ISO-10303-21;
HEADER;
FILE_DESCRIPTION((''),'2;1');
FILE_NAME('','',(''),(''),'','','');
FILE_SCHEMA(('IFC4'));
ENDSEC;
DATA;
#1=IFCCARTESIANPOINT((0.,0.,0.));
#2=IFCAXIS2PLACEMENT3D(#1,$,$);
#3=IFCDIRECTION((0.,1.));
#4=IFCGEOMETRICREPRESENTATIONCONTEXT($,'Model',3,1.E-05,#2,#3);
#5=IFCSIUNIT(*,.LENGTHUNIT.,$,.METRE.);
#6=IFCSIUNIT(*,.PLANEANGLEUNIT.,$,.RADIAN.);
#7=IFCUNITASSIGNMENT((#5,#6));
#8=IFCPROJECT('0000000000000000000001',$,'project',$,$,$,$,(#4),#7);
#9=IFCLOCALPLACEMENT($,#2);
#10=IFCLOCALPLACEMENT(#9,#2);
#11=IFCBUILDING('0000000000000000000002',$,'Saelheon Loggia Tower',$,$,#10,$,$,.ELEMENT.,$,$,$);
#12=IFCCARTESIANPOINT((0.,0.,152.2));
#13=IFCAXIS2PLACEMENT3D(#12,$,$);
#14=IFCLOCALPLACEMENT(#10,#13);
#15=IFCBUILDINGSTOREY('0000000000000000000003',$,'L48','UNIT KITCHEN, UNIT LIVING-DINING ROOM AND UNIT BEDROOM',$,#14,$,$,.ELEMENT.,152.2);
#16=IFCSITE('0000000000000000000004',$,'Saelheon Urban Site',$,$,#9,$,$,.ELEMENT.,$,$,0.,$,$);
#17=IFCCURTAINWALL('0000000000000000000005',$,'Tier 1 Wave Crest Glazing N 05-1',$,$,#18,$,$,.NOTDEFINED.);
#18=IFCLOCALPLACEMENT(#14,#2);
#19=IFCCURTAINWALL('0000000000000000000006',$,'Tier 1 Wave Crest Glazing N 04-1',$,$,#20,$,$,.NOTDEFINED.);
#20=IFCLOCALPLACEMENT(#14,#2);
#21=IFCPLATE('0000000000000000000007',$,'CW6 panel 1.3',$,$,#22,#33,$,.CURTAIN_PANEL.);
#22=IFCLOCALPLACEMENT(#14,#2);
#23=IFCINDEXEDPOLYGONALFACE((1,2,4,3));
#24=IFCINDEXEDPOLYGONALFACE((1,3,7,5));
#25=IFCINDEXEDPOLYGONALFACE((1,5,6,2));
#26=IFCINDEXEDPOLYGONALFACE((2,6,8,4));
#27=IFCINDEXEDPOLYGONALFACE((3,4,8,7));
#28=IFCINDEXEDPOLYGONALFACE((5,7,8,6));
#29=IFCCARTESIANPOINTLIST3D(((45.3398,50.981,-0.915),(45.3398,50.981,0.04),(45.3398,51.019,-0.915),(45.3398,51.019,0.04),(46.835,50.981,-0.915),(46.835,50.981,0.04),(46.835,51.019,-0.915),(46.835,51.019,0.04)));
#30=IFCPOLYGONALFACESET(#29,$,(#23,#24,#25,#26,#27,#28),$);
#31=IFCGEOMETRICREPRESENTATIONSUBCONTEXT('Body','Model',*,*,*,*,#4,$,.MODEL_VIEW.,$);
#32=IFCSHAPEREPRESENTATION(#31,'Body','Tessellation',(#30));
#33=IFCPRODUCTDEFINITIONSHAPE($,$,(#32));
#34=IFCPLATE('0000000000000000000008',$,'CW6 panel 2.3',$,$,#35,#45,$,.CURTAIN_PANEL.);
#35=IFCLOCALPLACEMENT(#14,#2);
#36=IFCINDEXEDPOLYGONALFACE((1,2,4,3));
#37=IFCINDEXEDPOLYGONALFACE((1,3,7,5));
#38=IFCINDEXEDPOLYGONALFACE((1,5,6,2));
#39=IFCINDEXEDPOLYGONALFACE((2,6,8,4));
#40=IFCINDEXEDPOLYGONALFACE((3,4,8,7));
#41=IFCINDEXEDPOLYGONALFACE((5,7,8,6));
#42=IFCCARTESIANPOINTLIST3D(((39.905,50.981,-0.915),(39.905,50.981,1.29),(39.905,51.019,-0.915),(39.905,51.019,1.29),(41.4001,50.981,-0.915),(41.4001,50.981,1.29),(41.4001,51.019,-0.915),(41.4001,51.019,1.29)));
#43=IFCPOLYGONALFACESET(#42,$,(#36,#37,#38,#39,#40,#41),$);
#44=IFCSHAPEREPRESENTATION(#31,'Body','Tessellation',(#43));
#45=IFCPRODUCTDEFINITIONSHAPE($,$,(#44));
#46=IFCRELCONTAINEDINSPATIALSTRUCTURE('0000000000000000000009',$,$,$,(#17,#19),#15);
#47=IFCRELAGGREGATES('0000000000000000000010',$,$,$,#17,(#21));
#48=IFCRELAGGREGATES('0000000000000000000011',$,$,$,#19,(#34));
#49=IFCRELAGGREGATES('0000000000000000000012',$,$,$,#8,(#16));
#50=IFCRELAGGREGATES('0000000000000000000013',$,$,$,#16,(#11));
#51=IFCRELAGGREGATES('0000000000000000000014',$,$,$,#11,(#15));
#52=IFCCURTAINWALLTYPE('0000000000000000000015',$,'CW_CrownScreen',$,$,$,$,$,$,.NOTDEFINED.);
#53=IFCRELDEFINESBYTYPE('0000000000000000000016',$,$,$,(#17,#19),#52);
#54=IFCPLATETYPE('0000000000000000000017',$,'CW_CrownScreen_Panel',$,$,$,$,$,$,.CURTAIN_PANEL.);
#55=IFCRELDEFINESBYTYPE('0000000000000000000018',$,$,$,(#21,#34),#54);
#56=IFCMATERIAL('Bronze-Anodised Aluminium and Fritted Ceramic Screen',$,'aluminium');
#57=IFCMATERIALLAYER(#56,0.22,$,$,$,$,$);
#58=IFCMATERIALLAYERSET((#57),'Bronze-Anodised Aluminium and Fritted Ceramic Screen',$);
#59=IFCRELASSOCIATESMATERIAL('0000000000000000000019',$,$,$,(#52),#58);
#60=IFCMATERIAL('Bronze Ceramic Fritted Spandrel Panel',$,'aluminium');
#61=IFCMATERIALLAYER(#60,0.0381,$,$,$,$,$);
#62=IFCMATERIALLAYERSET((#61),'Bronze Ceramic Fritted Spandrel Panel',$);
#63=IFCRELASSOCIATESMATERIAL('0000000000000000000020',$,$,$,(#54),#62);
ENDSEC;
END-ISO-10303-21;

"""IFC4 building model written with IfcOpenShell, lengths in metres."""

from ifc_helpers import new_model, si_unit, direction, frame, origin, origin_2d, place, context, subcontext, project, spatial, rectangle, extrude, source, transform, mapped, material, layer, layer_set, type_object, element, aggregate, save


model = new_model("IFC4")

# Units and contexts
model_context = context("Model", 3, precision=1e-05, world=origin(), true_north=direction((0.0, 1.0)))
body_context = subcontext(model_context, "Body", "Model", "MODEL_VIEW")
ifc_project = project(units=[si_unit("LENGTHUNIT", "METRE"), si_unit("PLANEANGLEUNIT", "RADIAN")], contexts=[model_context])

# Site, building, storey
site_placement = place(None, origin())
site = spatial("IfcSite", under=ifc_project, at=site_placement, Name="Saelheon Urban Site", CompositionType="ELEMENT", RefElevation=0.0)
building_placement = place(site_placement, origin())
building = spatial("IfcBuilding", under=site, at=building_placement, Name="Saelheon Loggia Tower", CompositionType="ELEMENT")
storey_placement = place(building_placement, frame((0.0, 0.0, 152.2)))
storey = spatial("IfcBuildingStorey", under=building, at=storey_placement, Name="L48", Description="UNIT KITCHEN, UNIT LIVING-DINING ROOM AND UNIT BEDROOM", CompositionType="ELEMENT", Elevation=152.2)

# Curtain wall
ifc_material_1 = material(Name="Bronze-Anodised Aluminium and Fritted Ceramic Screen", Category="aluminium")
ifc_layer_1 = layer(ifc_material_1, 0.22)
ifc_layer_set_1 = layer_set([ifc_layer_1], Name="Bronze-Anodised Aluminium and Fritted Ceramic Screen")
curtain_wall_type = type_object("IfcCurtainWallType", Name="CW_CrownScreen", PredefinedType="NOTDEFINED", material=ifc_layer_set_1)
curtain_wall_1_placement = place(storey_placement, origin())
curtain_wall_1 = element("IfcCurtainWall", 1, at=curtain_wall_1_placement, inside=storey, type_object=curtain_wall_type, Name="Tier 1 Wave Crest Glazing N 05-1", PredefinedType="NOTDEFINED")

# Curtain wall
curtain_wall_2_placement = place(storey_placement, origin())
curtain_wall_2 = element("IfcCurtainWall", 2, at=curtain_wall_2_placement, inside=storey, type_object=curtain_wall_type, Name="Tier 1 Wave Crest Glazing N 04-1", PredefinedType="NOTDEFINED")

# Plates
ifc_material_2 = material(Name="Bronze Ceramic Fritted Spandrel Panel", Category="aluminium")
ifc_layer_2 = layer(ifc_material_2, 0.0381)
ifc_layer_set_2 = layer_set([ifc_layer_2], Name="Bronze Ceramic Fritted Spandrel Panel")
plate_type = type_object("IfcPlateType", Name="CW_CrownScreen_Panel", PredefinedType="CURTAIN_PANEL", material=ifc_layer_set_2)
shared_shape_1 = source(origin(), body_context, "Body", "SweptSolid", [
    extrude(rectangle(XDim=1.4951, YDim=0.0381, at=origin_2d()), origin(), (0.0, 0.0, 1.0), 0.9551),
])
plate_1_placement = place(storey_placement, frame((46.0874, 51.0, -0.915), z_axis=(0.0, 0.0, 1.0), x_axis=(1.0, 0.0, 0.0)))
plate_1 = element("IfcPlate", 3, at=plate_1_placement, type_object=plate_type, Name="CW6 panel 1.3", PredefinedType="CURTAIN_PANEL", context=body_context, shape_type="MappedRepresentation", body=[
    mapped(shared_shape_1, transform((0.0, 0.0, 0.0), scale=1.0)),
])
aggregate(curtain_wall_1, [plate_1])
shared_shape_2 = source(origin(), body_context, "Body", "SweptSolid", [
    extrude(rectangle(XDim=1.4951, YDim=0.0381, at=origin_2d()), origin(), (0.0, 0.0, 1.0), 2.2051),
])
plate_2_placement = place(storey_placement, frame((40.6526, 51.0, -0.915), z_axis=(0.0, 0.0, 1.0), x_axis=(1.0, 0.0, 0.0)))
plate_2 = element("IfcPlate", 4, at=plate_2_placement, type_object=plate_type, Name="CW6 panel 2.3", PredefinedType="CURTAIN_PANEL", context=body_context, shape_type="MappedRepresentation", body=[
    mapped(shared_shape_2, transform((0.0, 0.0, 0.0), scale=1.0)),
])
aggregate(curtain_wall_2, [plate_2])

save(model, "model.ifc")
